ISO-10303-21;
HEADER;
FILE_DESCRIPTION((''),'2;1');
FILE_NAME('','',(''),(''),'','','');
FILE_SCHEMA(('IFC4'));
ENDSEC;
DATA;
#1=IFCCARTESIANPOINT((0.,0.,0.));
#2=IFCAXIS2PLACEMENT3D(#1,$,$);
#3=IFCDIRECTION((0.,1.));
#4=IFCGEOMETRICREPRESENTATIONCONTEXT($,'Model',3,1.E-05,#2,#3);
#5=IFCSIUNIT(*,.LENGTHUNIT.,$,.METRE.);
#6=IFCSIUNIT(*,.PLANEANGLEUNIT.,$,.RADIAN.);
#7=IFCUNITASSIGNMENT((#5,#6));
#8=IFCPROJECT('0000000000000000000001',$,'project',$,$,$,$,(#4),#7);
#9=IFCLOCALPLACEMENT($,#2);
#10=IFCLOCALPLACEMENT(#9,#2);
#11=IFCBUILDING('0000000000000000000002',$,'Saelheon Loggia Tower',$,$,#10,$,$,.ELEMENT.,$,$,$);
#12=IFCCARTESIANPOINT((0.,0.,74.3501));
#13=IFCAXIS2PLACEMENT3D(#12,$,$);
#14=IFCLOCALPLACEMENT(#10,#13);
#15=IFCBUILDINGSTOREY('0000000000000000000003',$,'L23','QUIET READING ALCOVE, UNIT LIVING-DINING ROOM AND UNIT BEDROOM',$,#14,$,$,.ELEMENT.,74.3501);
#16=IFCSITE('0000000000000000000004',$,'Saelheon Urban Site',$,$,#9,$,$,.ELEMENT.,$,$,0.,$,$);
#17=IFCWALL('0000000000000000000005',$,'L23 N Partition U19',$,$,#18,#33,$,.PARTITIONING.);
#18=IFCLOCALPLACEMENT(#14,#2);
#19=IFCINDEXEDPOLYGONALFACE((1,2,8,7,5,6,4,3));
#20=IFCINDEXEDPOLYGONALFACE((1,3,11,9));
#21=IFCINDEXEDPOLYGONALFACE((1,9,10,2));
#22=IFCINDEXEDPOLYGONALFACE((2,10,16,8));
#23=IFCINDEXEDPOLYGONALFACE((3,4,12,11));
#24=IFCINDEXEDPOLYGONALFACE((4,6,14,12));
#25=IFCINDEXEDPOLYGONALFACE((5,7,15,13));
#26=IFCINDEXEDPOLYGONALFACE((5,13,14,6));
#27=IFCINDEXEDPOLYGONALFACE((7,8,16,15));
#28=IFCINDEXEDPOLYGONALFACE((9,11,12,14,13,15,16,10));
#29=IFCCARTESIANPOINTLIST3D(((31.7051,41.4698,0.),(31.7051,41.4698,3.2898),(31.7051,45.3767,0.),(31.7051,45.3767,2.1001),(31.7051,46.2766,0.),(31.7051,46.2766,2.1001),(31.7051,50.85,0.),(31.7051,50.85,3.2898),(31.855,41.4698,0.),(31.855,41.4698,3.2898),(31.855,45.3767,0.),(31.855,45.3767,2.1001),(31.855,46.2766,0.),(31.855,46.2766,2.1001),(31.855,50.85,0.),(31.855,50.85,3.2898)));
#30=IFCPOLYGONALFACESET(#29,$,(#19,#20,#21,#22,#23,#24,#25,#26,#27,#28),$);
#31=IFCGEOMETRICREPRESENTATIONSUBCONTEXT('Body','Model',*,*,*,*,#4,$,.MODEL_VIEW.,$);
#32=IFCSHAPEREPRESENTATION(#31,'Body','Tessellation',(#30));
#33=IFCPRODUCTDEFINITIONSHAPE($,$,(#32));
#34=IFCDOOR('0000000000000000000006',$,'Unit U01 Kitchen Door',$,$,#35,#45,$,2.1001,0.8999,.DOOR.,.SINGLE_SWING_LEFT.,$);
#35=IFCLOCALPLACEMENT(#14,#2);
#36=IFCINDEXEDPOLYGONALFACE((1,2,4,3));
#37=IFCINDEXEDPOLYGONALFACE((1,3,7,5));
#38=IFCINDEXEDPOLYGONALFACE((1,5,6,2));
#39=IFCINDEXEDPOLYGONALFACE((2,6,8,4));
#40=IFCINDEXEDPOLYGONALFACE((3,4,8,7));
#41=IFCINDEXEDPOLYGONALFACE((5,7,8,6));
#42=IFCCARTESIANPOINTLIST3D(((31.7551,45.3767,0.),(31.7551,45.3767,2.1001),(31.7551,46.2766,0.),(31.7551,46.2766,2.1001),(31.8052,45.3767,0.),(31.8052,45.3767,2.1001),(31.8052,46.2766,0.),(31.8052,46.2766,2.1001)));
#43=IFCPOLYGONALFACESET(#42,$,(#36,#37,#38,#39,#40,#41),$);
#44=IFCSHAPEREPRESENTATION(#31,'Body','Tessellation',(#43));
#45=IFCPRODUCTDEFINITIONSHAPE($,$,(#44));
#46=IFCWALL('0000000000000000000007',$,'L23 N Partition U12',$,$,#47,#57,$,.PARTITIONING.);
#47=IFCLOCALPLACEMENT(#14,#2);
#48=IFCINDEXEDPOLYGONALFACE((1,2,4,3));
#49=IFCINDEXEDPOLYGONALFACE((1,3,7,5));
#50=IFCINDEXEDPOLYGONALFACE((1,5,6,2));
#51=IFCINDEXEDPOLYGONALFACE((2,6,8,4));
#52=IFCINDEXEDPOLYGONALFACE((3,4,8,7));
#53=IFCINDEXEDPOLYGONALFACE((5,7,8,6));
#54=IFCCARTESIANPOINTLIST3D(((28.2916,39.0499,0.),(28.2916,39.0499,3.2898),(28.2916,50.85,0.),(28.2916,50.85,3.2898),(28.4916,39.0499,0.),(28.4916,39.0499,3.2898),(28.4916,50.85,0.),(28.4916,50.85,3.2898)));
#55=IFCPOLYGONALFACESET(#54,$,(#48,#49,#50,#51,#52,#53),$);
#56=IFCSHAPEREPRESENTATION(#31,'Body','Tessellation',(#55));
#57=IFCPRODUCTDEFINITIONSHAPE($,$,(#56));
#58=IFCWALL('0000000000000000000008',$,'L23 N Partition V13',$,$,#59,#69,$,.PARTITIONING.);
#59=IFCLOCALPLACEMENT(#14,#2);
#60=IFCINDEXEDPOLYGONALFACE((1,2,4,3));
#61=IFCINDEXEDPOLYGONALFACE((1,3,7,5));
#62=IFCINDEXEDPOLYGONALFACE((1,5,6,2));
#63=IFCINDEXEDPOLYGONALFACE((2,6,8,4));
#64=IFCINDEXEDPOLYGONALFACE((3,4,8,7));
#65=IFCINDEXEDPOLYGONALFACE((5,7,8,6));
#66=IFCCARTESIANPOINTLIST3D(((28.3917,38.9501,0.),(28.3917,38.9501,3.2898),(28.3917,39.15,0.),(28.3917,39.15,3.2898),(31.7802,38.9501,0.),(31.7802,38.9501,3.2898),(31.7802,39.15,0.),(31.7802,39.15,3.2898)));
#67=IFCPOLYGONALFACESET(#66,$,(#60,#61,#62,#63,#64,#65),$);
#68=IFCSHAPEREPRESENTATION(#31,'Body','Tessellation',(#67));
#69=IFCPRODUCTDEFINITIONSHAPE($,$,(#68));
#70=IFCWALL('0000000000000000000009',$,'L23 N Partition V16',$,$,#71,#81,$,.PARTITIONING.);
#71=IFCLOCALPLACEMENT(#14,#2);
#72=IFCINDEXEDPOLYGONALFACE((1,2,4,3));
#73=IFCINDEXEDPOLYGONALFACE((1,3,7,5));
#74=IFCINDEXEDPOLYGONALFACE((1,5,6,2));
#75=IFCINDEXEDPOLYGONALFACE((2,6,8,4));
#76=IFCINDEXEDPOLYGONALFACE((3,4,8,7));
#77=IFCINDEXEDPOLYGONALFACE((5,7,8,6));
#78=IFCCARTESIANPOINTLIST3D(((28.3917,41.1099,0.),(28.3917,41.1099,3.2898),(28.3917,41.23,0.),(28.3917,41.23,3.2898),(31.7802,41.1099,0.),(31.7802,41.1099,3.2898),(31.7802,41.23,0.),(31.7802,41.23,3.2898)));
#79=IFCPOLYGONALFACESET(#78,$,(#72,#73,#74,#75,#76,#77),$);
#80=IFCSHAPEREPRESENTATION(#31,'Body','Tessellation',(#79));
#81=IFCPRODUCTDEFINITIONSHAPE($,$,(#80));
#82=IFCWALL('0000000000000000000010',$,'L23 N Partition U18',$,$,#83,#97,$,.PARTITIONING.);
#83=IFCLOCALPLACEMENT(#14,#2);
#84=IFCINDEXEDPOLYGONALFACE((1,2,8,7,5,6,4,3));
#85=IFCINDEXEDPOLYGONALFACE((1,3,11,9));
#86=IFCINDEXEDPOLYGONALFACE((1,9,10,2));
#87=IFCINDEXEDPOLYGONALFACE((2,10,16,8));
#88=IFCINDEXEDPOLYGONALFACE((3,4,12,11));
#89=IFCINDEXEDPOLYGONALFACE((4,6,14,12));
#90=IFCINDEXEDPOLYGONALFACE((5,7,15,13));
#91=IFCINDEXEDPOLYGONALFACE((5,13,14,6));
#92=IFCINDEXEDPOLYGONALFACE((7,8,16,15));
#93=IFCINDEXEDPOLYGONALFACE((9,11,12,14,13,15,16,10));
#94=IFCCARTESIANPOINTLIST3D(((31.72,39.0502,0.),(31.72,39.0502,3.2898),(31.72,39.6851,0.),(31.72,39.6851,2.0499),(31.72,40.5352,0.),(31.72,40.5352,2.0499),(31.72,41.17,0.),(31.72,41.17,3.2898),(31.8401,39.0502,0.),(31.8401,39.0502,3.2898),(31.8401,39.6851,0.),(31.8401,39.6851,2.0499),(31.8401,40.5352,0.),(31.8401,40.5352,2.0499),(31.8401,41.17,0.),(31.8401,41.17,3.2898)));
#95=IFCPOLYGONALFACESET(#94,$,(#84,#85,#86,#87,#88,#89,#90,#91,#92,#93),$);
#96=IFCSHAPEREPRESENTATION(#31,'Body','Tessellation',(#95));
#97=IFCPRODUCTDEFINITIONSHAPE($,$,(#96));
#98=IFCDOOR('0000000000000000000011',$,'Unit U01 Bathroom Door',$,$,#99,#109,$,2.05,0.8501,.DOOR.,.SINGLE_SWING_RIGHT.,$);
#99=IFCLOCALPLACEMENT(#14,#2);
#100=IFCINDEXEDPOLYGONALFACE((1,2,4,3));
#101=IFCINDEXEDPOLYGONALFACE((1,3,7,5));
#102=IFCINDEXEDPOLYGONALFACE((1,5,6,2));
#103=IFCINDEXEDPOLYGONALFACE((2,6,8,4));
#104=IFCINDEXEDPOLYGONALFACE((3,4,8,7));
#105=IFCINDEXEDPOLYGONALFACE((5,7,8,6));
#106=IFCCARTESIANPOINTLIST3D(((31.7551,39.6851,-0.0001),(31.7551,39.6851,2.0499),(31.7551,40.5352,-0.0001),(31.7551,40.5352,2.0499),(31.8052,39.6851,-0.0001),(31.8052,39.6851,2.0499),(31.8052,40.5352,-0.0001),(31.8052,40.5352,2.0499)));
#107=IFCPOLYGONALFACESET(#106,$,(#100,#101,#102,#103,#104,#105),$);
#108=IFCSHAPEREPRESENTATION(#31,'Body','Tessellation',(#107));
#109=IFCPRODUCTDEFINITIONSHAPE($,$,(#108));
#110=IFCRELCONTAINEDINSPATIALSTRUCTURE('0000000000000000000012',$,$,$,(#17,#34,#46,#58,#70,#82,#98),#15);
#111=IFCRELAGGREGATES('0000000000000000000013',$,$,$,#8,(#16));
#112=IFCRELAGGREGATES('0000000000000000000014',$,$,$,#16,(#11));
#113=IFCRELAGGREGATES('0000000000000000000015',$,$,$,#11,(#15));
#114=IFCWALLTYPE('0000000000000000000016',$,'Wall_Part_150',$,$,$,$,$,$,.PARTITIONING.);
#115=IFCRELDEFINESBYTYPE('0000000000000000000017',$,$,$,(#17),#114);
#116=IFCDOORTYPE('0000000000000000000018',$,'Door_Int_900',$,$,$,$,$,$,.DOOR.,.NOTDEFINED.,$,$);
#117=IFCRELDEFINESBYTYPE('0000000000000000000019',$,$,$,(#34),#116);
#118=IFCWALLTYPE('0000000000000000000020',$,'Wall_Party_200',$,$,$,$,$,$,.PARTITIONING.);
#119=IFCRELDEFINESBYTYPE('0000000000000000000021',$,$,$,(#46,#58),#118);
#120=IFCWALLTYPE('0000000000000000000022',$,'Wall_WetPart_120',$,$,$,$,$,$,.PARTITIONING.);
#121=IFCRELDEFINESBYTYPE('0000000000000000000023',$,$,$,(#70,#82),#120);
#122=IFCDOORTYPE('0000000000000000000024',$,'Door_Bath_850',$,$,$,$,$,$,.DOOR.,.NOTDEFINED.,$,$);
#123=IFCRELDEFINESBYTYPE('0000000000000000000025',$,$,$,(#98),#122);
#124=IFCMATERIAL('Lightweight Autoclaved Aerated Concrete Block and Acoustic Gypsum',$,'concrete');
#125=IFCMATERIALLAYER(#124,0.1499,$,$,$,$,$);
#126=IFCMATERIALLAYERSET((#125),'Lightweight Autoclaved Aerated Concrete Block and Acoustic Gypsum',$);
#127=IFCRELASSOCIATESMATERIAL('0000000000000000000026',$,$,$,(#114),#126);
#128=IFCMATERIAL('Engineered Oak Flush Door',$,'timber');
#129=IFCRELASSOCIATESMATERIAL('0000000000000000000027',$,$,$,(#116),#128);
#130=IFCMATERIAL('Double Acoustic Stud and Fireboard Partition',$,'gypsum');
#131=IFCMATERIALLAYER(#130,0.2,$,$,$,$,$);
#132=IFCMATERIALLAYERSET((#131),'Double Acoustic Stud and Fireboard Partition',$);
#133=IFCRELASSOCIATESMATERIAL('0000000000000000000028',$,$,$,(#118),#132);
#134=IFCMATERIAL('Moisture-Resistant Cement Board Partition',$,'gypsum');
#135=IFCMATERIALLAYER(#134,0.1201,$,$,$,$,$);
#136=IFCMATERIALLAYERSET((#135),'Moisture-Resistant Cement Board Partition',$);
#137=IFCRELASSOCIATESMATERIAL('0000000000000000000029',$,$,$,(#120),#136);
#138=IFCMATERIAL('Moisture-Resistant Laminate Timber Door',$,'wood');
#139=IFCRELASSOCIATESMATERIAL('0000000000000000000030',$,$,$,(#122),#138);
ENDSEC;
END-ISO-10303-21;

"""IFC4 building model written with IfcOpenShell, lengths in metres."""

from ifc_helpers import new_model, si_unit, direction, frame, frame_2d, origin, place, context, subcontext, project, spatial, rectangle, extrude, source, transform, mapped, material, layer, layer_set, type_object, element, fill, save


model = new_model("IFC4")

# Units and contexts
model_context = context("Model", 3, precision=1e-05, world=origin(), true_north=direction((0.0, 1.0)))
body_context = subcontext(model_context, "Body", "Model", "MODEL_VIEW")
ifc_project = project(units=[si_unit("LENGTHUNIT", "METRE"), si_unit("PLANEANGLEUNIT", "RADIAN")], contexts=[model_context])

# Site, building, storey
site_placement = place(None, origin())
site = spatial("IfcSite", under=ifc_project, at=site_placement, Name="Saelheon Urban Site", CompositionType="ELEMENT", RefElevation=0.0)
building_placement = place(site_placement, origin())
building = spatial("IfcBuilding", under=site, at=building_placement, Name="Saelheon Loggia Tower", CompositionType="ELEMENT")
storey_placement = place(building_placement, frame((0.0, 0.0, 74.3501)))
storey = spatial("IfcBuildingStorey", under=building, at=storey_placement, Name="L23", Description="QUIET READING ALCOVE, UNIT LIVING-DINING ROOM AND UNIT BEDROOM", CompositionType="ELEMENT", Elevation=74.3501)

# Shared definitions
ifc_material_1 = material(Name="Lightweight Autoclaved Aerated Concrete Block and Acoustic Gypsum", Category="concrete")
ifc_layer_1 = layer(ifc_material_1, 0.1499)
ifc_layer_set_1 = layer_set([ifc_layer_1], Name="Lightweight Autoclaved Aerated Concrete Block and Acoustic Gypsum")
wall_type_1 = type_object("IfcWallType", Name="Wall_Part_150", PredefinedType="PARTITIONING", material=ifc_layer_set_1)

# Wall, opening, door
ifc_material_2 = material(Name="Engineered Oak Flush Door", Category="timber")
door_type_1 = type_object("IfcDoorType", Name="Door_Int_900", OperationType="NOTDEFINED", PredefinedType="DOOR", material=ifc_material_2)
shared_shape_1 = source(origin(), body_context, "Body", "SweptSolid", [
    extrude(rectangle(XDim=0.8999, YDim=2.1001, at=frame_2d((0.45, 1.05))), frame((0.0, 0.0249, 0.0), z_axis=(0.0, -1.0, 0.0), x_axis=(1.0, 0.0, 0.0)), (0.0, 0.0, 1.0), 0.05),
])
wall_1_placement = place(storey_placement, frame((31.78, 41.47, 0.0), z_axis=(0.0, 0.0, 1.0), x_axis=(0.0, 1.0, 0.0)))
wall_1 = element("IfcWall", 1, at=wall_1_placement, inside=storey, type_object=wall_type_1, Name="L23 N Partition U19", PredefinedType="PARTITIONING", context=body_context, shape_type="SweptSolid", body=[
    extrude(rectangle(XDim=9.3801, YDim=0.1499, at=frame_2d((4.6899, 0.0))), origin(), (0.0, 0.0, 1.0), 3.2898),
])
opening_1_placement = place(wall_1_placement, frame((3.9067, 0.0, 0.0)))
opening_1 = element("IfcOpeningElement", 2, at=opening_1_placement, cuts=wall_1, PredefinedType="OPENING", context=body_context, shape_type="SweptSolid", body=[
    extrude(rectangle(XDim=0.8999, YDim=2.1001, at=frame_2d((0.45, 1.05))), frame((0.0, 0.0869, 0.0), z_axis=(0.0, -1.0, 0.0), x_axis=(1.0, 0.0, 0.0)), (0.0, 0.0, 1.0), 0.1738),
])
door_1_placement = place(opening_1_placement, origin())
door_1 = element("IfcDoor", 3, at=door_1_placement, inside=storey, type_object=door_type_1, Name="Unit U01 Kitchen Door", OperationType="SINGLE_SWING_LEFT", OverallHeight=2.1001, OverallWidth=0.8999, PredefinedType="DOOR", context=body_context, shape_type="MappedRepresentation", body=[
    mapped(shared_shape_1, transform((0.0, 0.0, 0.0), scale=1.0)),
])
fill(opening_1, door_1)

# Walls
ifc_material_3 = material(Name="Double Acoustic Stud and Fireboard Partition", Category="gypsum")
ifc_layer_2 = layer(ifc_material_3, 0.2)
ifc_layer_set_2 = layer_set([ifc_layer_2], Name="Double Acoustic Stud and Fireboard Partition")
wall_type_2 = type_object("IfcWallType", Name="Wall_Party_200", PredefinedType="PARTITIONING", material=ifc_layer_set_2)
wall_2_placement = place(storey_placement, frame((28.3916, 39.05, 0.0), z_axis=(0.0, 0.0, 1.0), x_axis=(0.0, 1.0, 0.0)))
element("IfcWall", 4, at=wall_2_placement, inside=storey, type_object=wall_type_2, Name="L23 N Partition U12", PredefinedType="PARTITIONING", context=body_context, shape_type="SweptSolid", body=[
    extrude(rectangle(XDim=11.8, YDim=0.2, at=frame_2d((5.8999, 0.0))), origin(), (0.0, 0.0, 1.0), 3.2898),
])
wall_3_placement = place(storey_placement, frame((28.3916, 39.05, 0.0), z_axis=(0.0, 0.0, 1.0), x_axis=(1.0, 0.0, 0.0)))
element("IfcWall", 5, at=wall_3_placement, inside=storey, type_object=wall_type_2, Name="L23 N Partition V13", PredefinedType="PARTITIONING", context=body_context, shape_type="SweptSolid", body=[
    extrude(rectangle(XDim=3.3884, YDim=0.2, at=frame_2d((1.6943, 0.0))), origin(), (0.0, 0.0, 1.0), 3.2898),
])

# Wall
ifc_material_4 = material(Name="Moisture-Resistant Cement Board Partition", Category="gypsum")
ifc_layer_3 = layer(ifc_material_4, 0.1201)
ifc_layer_set_3 = layer_set([ifc_layer_3], Name="Moisture-Resistant Cement Board Partition")
wall_type_3 = type_object("IfcWallType", Name="Wall_WetPart_120", PredefinedType="PARTITIONING", material=ifc_layer_set_3)
wall_4_placement = place(storey_placement, frame((28.3916, 41.1699, 0.0), z_axis=(0.0, 0.0, 1.0), x_axis=(1.0, 0.0, 0.0)))
element("IfcWall", 6, at=wall_4_placement, inside=storey, type_object=wall_type_3, Name="L23 N Partition V16", PredefinedType="PARTITIONING", context=body_context, shape_type="SweptSolid", body=[
    extrude(rectangle(XDim=3.3884, YDim=0.1201, at=frame_2d((1.6943, 0.0))), origin(), (0.0, 0.0, 1.0), 3.2898),
])

# Wall, opening, door
wall_5_placement = place(storey_placement, frame((31.78, 39.05, 0.0), z_axis=(0.0, 0.0, 1.0), x_axis=(0.0, 1.0, 0.0)))
wall_5 = element("IfcWall", 7, at=wall_5_placement, inside=storey, type_object=wall_type_3, Name="L23 N Partition U18", PredefinedType="PARTITIONING", context=body_context, shape_type="SweptSolid", body=[
    extrude(rectangle(XDim=2.1199, YDim=0.1201, at=frame_2d((1.0601, 0.0))), origin(), (0.0, 0.0, 1.0), 3.2898),
])
opening_2_placement = place(wall_5_placement, frame((0.635, 0.0, 0.0)))
opening_2 = element("IfcOpeningElement", 8, at=opening_2_placement, cuts=wall_5, PredefinedType="OPENING", context=body_context, shape_type="SweptSolid", body=[
    extrude(rectangle(XDim=0.8501, YDim=2.05, at=frame_2d((0.425, 1.0249))), frame((0.0, 0.072, 0.0), z_axis=(0.0, -1.0, 0.0), x_axis=(1.0, 0.0, 0.0)), (0.0, 0.0, 1.0), 0.144),
])
ifc_material_5 = material(Name="Moisture-Resistant Laminate Timber Door", Category="wood")
door_type_2 = type_object("IfcDoorType", Name="Door_Bath_850", OperationType="NOTDEFINED", PredefinedType="DOOR", material=ifc_material_5)
shared_shape_2 = source(origin(), body_context, "Body", "SweptSolid", [
    extrude(rectangle(XDim=0.8501, YDim=2.05, at=frame_2d((0.425, 1.0249))), frame((0.0, 0.0249, 0.0), z_axis=(0.0, -1.0, 0.0), x_axis=(1.0, 0.0, 0.0)), (0.0, 0.0, 1.0), 0.05),
])
door_2_placement = place(opening_2_placement, origin())
door_2 = element("IfcDoor", 9, at=door_2_placement, inside=storey, type_object=door_type_2, Name="Unit U01 Bathroom Door", OperationType="SINGLE_SWING_RIGHT", OverallHeight=2.05, OverallWidth=0.8501, PredefinedType="DOOR", context=body_context, shape_type="MappedRepresentation", body=[
    mapped(shared_shape_2, transform((0.0, 0.0, 0.0), scale=1.0)),
])
fill(opening_2, door_2)

save(model, "model.ifc")
